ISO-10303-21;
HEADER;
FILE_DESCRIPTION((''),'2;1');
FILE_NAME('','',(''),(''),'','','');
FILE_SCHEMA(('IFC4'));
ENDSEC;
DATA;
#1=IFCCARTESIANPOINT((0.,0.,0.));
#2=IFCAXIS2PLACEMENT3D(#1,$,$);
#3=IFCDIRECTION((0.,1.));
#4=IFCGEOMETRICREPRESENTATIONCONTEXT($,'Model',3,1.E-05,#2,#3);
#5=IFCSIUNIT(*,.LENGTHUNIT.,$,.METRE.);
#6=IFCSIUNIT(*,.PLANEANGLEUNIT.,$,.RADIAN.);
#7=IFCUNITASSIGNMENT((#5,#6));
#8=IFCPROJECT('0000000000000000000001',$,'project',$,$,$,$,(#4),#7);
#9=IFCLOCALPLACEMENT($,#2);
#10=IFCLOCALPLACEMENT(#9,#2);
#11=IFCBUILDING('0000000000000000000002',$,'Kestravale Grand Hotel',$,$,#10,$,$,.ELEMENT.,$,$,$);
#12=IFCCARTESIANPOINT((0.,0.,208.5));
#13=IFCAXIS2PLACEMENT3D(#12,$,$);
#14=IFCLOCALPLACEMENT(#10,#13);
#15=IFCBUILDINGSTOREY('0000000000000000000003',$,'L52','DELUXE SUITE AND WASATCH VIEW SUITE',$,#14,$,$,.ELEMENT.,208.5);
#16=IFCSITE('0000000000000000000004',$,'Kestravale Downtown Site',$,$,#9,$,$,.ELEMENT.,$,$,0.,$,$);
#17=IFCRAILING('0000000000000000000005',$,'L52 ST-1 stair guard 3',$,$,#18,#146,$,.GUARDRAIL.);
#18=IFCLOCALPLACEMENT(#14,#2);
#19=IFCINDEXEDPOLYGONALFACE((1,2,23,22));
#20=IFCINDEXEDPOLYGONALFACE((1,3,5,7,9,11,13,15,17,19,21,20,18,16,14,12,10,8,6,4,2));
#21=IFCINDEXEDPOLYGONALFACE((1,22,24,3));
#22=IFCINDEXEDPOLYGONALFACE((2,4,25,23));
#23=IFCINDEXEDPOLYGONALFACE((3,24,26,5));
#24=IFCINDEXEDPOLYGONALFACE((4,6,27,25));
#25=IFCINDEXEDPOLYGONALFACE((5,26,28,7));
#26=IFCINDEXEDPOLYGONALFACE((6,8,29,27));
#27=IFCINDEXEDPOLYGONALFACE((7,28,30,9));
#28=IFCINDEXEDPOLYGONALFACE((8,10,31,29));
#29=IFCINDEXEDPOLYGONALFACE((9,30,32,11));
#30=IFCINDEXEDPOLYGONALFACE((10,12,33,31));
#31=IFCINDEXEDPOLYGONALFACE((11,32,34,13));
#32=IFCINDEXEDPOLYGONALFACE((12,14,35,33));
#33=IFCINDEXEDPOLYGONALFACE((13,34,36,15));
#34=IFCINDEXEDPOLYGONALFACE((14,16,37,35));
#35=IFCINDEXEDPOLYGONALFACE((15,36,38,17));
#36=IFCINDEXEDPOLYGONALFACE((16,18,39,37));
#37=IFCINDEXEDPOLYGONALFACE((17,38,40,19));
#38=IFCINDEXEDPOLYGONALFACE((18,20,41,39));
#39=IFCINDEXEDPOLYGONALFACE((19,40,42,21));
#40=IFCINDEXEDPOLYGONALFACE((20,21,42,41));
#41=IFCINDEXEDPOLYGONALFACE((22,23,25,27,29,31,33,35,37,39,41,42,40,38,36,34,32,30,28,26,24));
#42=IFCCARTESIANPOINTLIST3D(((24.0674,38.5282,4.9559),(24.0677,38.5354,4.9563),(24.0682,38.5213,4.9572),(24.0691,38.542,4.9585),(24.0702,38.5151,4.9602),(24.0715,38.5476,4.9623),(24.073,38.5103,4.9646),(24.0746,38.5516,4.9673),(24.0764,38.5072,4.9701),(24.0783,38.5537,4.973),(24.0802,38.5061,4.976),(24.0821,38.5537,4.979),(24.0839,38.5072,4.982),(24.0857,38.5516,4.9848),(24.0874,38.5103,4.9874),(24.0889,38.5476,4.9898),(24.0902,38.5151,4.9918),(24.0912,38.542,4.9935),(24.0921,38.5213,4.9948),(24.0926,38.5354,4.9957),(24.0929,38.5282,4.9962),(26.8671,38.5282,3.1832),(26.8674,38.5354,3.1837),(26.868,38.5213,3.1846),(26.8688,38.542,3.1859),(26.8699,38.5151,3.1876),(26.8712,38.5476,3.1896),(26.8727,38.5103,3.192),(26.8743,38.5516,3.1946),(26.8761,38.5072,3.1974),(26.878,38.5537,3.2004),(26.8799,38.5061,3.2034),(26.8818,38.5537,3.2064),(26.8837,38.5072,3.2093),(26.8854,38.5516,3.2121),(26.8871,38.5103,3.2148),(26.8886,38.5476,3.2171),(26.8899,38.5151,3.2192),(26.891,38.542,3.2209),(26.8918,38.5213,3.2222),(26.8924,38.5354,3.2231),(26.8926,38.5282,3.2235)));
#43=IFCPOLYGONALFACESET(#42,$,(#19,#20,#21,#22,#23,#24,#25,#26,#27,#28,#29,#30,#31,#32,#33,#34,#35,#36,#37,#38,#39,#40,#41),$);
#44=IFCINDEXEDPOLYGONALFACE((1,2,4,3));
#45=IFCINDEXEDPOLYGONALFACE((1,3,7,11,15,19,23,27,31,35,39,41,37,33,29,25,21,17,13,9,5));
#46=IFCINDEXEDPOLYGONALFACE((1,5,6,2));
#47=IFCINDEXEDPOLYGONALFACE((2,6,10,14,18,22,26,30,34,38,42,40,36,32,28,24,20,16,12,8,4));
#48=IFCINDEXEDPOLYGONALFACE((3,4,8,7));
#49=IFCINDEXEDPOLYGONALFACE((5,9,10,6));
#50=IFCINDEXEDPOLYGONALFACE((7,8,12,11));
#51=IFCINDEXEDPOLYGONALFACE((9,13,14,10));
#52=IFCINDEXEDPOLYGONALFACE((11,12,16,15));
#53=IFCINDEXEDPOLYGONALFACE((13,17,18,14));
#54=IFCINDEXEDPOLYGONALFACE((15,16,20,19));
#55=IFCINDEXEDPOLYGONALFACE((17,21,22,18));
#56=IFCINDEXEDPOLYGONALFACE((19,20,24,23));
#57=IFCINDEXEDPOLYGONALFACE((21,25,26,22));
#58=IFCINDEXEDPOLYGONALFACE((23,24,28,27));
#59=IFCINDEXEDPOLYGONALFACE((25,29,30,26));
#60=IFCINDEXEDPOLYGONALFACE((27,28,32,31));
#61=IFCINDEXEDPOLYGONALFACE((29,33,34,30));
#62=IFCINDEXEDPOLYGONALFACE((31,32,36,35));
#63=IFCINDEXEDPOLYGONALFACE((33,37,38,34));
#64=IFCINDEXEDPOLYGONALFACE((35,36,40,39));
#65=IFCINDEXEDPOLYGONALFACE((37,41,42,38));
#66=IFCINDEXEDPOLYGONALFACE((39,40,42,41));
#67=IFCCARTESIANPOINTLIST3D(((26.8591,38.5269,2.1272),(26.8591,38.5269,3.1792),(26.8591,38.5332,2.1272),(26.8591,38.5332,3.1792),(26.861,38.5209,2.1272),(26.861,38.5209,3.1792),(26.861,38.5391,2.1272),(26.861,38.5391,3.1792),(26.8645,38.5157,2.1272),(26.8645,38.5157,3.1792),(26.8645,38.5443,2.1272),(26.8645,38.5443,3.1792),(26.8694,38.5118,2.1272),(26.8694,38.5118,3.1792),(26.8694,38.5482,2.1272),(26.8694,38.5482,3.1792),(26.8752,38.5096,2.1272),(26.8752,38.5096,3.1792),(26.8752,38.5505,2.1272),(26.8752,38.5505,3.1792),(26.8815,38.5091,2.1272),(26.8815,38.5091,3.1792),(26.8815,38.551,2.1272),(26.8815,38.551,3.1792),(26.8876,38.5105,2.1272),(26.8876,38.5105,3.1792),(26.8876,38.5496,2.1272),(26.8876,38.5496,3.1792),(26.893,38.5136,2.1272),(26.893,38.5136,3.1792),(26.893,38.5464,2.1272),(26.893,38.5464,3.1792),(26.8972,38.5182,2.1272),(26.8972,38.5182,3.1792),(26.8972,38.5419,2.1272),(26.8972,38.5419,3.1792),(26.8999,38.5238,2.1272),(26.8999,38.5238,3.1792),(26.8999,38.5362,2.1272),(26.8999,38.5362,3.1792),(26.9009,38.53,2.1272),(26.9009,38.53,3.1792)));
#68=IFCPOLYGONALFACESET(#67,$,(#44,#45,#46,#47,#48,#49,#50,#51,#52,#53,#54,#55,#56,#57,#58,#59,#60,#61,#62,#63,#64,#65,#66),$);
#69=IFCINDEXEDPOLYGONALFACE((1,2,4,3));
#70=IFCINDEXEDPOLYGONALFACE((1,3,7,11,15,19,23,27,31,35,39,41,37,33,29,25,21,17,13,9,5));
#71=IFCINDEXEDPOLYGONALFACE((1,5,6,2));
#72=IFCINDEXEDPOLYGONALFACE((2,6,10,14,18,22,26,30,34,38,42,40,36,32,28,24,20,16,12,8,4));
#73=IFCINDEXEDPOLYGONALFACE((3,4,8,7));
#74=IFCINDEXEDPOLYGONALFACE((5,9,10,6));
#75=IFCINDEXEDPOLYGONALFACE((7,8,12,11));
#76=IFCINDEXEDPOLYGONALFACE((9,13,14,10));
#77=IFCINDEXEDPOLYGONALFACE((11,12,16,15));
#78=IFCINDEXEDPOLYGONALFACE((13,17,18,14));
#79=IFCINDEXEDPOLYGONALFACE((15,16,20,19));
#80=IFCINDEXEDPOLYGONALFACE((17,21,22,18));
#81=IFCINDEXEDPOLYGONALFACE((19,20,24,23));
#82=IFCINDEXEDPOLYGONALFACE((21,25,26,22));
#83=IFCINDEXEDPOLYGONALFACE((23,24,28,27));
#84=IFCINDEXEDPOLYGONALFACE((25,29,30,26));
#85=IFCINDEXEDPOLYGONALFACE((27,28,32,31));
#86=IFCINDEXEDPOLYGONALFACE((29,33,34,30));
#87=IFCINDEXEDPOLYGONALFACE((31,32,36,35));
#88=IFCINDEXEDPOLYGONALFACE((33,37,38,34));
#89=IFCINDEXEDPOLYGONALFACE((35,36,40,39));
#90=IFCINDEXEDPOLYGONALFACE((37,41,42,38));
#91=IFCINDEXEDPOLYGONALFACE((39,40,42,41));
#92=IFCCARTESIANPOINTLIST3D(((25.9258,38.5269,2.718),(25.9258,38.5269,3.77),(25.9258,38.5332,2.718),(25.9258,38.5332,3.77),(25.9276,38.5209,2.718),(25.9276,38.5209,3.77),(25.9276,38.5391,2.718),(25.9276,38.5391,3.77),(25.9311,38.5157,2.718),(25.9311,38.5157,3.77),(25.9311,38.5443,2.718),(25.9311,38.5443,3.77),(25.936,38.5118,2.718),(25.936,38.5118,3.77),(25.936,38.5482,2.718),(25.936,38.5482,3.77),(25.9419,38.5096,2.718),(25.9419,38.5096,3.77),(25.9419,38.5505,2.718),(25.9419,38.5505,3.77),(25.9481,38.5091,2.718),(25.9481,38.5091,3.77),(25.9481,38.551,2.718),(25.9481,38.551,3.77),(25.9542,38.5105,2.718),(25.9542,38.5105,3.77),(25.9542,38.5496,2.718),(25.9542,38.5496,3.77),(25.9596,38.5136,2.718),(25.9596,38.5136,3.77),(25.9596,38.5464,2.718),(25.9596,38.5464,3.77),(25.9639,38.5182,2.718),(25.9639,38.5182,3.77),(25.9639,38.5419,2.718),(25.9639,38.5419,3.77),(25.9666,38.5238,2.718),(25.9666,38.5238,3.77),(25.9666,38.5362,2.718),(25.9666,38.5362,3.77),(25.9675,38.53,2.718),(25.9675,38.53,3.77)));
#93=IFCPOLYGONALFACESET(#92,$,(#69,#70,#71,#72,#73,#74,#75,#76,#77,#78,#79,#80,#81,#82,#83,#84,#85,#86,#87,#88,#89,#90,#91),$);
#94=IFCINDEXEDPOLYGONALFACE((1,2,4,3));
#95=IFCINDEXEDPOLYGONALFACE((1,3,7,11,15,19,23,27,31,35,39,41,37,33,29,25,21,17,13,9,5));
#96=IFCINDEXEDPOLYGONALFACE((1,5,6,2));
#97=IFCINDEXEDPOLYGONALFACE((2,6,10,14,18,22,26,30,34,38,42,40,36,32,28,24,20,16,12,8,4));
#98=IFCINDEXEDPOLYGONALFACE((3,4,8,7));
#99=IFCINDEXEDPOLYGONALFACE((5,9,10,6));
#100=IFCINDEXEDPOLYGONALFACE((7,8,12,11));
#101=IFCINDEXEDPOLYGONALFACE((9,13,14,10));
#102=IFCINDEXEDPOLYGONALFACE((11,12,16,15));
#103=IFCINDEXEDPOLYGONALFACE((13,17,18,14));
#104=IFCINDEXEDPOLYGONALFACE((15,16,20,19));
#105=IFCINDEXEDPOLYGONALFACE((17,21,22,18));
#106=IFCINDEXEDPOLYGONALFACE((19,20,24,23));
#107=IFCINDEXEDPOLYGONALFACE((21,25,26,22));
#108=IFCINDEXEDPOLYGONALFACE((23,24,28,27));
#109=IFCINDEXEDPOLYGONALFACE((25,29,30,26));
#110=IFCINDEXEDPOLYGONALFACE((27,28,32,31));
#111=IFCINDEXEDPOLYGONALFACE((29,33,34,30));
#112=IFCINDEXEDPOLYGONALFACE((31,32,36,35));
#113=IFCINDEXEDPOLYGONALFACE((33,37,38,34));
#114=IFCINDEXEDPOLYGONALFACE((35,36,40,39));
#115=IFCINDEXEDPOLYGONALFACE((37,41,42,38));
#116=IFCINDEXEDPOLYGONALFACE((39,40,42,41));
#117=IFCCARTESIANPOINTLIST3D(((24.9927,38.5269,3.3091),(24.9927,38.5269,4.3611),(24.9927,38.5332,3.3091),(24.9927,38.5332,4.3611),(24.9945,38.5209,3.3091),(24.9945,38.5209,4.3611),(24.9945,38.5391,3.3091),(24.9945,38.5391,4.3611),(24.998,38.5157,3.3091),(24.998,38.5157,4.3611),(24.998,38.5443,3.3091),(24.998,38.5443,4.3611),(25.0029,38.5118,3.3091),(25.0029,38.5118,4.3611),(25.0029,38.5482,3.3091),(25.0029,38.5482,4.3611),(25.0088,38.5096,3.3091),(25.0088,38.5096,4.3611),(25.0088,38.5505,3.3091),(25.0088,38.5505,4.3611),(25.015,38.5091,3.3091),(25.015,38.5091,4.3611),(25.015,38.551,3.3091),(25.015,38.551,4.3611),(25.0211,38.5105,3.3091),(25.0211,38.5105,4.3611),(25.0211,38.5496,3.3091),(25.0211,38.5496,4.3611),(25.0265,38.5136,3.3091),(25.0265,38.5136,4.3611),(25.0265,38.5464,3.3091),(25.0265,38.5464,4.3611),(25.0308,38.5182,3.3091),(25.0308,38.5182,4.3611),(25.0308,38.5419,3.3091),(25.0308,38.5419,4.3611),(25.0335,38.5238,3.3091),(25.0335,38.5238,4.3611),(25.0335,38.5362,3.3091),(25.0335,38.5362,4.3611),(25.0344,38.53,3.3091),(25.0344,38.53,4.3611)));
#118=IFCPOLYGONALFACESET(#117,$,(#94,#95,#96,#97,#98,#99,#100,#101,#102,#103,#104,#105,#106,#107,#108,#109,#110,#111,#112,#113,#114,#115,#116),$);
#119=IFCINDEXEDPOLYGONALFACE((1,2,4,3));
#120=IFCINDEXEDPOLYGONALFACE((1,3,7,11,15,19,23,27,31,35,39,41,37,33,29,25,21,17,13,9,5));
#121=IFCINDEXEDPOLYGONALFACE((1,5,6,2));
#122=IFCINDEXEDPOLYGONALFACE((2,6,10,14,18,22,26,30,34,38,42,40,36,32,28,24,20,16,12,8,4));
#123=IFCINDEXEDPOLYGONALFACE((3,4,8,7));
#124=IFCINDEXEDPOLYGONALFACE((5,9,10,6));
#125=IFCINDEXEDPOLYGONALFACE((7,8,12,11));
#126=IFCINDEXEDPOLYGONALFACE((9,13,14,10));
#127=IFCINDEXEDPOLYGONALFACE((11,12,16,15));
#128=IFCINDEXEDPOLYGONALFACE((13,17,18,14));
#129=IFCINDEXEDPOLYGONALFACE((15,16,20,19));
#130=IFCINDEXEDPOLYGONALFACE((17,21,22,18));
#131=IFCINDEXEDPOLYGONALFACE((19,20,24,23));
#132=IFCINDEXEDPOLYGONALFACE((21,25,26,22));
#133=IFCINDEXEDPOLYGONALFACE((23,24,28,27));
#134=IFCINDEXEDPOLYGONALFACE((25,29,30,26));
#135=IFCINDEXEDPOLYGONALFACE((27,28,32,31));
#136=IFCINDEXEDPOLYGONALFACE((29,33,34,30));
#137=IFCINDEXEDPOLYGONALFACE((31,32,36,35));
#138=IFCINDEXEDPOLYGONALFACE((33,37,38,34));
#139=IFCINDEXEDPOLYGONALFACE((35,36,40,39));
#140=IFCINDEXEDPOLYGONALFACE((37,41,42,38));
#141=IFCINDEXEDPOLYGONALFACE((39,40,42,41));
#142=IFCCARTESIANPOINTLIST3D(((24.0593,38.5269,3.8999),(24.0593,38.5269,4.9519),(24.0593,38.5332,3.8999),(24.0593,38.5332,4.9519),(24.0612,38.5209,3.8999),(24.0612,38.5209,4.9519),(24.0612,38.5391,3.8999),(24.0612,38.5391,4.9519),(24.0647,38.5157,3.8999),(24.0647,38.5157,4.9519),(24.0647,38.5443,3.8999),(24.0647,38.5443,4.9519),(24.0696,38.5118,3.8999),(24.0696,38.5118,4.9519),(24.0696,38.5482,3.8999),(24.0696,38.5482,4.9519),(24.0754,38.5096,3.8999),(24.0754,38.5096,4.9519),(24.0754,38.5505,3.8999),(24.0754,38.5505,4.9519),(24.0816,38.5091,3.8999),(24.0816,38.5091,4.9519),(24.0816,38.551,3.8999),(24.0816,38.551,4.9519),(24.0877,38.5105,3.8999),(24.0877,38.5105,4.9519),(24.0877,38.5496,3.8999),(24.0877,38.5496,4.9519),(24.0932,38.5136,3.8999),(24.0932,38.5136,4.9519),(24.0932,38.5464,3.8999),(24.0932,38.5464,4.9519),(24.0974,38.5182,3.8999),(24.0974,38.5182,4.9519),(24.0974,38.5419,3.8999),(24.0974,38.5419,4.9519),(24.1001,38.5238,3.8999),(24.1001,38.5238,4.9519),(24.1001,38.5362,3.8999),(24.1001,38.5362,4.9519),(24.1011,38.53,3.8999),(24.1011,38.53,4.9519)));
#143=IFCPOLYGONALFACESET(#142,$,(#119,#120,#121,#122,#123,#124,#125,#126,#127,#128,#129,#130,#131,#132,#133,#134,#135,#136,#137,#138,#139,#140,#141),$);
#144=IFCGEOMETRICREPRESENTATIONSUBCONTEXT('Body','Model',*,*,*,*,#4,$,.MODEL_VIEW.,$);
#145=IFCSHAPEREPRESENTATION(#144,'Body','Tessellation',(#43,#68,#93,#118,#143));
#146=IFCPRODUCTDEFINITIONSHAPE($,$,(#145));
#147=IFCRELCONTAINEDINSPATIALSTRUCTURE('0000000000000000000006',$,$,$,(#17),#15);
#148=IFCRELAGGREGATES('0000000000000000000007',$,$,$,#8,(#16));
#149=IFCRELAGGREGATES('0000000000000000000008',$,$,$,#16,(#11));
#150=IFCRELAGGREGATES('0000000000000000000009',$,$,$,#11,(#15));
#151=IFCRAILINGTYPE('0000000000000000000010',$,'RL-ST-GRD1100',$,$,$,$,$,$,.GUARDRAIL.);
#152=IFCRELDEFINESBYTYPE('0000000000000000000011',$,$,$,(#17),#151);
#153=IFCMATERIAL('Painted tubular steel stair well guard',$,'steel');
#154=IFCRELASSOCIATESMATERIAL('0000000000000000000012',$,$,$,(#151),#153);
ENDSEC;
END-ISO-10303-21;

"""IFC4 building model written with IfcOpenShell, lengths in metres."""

from ifc_helpers import new_model, si_unit, direction, frame, origin, origin_2d, place, context, subcontext, project, spatial, circle, extrude, material, type_object, element, save


model = new_model("IFC4")

# Units and contexts
model_context = context("Model", 3, precision=1e-05, world=origin(), true_north=direction((0.0, 1.0)))
body_context = subcontext(model_context, "Body", "Model", "MODEL_VIEW")
ifc_project = project(units=[si_unit("LENGTHUNIT", "METRE"), si_unit("PLANEANGLEUNIT", "RADIAN")], contexts=[model_context])

# Site, building, storey
site_placement = place(None, origin())
site = spatial("IfcSite", under=ifc_project, at=site_placement, Name="Kestravale Downtown Site", CompositionType="ELEMENT", RefElevation=0.0)
building_placement = place(site_placement, origin())
building = spatial("IfcBuilding", under=site, at=building_placement, Name="Kestravale Grand Hotel", CompositionType="ELEMENT")
storey_placement = place(building_placement, frame((0.0, 0.0, 208.5)))
storey = spatial("IfcBuildingStorey", under=building, at=storey_placement, Name="L52", Description="DELUXE SUITE AND WASATCH VIEW SUITE", CompositionType="ELEMENT", Elevation=208.5)

# Railing
ifc_material_1 = material(Name="Painted tubular steel stair well guard", Category="steel")
railing_type_1 = type_object("IfcRailingType", Name="RL-ST-GRD1100", PredefinedType="GUARDRAIL", material=ifc_material_1)
railing_1_placement = place(storey_placement, frame((26.8799, 38.53, 2.1272)))
element("IfcRailing", 1, at=railing_1_placement, inside=storey, type_object=railing_type_1, Name="L52 ST-1 stair guard 3", PredefinedType="GUARDRAIL", context=body_context, shape_type="SweptSolid", body=[
    extrude(circle(Radius=0.0239, at=origin_2d()), frame((0.0, 0.0, 1.0762), z_axis=(-0.844888, 0.0, 0.534943), x_axis=(0.0, -1.0, 0.0)), (0.0, 0.0, 1.0), 3.3137),
    extrude(circle(Radius=0.021, at=origin_2d()), origin(), (0.0, 0.0, 1.0), 1.052),
    extrude(circle(Radius=0.021, at=origin_2d()), frame((-0.9333, 0.0, 0.5908)), (0.0, 0.0, 1.0), 1.052),
    extrude(circle(Radius=0.021, at=origin_2d()), frame((-1.8665, 0.0, 1.1819)), (0.0, 0.0, 1.0), 1.052),
    extrude(circle(Radius=0.021, at=origin_2d()), frame((-2.7998, 0.0, 1.7727)), (0.0, 0.0, 1.0), 1.052),
])

save(model, "model.ifc")
